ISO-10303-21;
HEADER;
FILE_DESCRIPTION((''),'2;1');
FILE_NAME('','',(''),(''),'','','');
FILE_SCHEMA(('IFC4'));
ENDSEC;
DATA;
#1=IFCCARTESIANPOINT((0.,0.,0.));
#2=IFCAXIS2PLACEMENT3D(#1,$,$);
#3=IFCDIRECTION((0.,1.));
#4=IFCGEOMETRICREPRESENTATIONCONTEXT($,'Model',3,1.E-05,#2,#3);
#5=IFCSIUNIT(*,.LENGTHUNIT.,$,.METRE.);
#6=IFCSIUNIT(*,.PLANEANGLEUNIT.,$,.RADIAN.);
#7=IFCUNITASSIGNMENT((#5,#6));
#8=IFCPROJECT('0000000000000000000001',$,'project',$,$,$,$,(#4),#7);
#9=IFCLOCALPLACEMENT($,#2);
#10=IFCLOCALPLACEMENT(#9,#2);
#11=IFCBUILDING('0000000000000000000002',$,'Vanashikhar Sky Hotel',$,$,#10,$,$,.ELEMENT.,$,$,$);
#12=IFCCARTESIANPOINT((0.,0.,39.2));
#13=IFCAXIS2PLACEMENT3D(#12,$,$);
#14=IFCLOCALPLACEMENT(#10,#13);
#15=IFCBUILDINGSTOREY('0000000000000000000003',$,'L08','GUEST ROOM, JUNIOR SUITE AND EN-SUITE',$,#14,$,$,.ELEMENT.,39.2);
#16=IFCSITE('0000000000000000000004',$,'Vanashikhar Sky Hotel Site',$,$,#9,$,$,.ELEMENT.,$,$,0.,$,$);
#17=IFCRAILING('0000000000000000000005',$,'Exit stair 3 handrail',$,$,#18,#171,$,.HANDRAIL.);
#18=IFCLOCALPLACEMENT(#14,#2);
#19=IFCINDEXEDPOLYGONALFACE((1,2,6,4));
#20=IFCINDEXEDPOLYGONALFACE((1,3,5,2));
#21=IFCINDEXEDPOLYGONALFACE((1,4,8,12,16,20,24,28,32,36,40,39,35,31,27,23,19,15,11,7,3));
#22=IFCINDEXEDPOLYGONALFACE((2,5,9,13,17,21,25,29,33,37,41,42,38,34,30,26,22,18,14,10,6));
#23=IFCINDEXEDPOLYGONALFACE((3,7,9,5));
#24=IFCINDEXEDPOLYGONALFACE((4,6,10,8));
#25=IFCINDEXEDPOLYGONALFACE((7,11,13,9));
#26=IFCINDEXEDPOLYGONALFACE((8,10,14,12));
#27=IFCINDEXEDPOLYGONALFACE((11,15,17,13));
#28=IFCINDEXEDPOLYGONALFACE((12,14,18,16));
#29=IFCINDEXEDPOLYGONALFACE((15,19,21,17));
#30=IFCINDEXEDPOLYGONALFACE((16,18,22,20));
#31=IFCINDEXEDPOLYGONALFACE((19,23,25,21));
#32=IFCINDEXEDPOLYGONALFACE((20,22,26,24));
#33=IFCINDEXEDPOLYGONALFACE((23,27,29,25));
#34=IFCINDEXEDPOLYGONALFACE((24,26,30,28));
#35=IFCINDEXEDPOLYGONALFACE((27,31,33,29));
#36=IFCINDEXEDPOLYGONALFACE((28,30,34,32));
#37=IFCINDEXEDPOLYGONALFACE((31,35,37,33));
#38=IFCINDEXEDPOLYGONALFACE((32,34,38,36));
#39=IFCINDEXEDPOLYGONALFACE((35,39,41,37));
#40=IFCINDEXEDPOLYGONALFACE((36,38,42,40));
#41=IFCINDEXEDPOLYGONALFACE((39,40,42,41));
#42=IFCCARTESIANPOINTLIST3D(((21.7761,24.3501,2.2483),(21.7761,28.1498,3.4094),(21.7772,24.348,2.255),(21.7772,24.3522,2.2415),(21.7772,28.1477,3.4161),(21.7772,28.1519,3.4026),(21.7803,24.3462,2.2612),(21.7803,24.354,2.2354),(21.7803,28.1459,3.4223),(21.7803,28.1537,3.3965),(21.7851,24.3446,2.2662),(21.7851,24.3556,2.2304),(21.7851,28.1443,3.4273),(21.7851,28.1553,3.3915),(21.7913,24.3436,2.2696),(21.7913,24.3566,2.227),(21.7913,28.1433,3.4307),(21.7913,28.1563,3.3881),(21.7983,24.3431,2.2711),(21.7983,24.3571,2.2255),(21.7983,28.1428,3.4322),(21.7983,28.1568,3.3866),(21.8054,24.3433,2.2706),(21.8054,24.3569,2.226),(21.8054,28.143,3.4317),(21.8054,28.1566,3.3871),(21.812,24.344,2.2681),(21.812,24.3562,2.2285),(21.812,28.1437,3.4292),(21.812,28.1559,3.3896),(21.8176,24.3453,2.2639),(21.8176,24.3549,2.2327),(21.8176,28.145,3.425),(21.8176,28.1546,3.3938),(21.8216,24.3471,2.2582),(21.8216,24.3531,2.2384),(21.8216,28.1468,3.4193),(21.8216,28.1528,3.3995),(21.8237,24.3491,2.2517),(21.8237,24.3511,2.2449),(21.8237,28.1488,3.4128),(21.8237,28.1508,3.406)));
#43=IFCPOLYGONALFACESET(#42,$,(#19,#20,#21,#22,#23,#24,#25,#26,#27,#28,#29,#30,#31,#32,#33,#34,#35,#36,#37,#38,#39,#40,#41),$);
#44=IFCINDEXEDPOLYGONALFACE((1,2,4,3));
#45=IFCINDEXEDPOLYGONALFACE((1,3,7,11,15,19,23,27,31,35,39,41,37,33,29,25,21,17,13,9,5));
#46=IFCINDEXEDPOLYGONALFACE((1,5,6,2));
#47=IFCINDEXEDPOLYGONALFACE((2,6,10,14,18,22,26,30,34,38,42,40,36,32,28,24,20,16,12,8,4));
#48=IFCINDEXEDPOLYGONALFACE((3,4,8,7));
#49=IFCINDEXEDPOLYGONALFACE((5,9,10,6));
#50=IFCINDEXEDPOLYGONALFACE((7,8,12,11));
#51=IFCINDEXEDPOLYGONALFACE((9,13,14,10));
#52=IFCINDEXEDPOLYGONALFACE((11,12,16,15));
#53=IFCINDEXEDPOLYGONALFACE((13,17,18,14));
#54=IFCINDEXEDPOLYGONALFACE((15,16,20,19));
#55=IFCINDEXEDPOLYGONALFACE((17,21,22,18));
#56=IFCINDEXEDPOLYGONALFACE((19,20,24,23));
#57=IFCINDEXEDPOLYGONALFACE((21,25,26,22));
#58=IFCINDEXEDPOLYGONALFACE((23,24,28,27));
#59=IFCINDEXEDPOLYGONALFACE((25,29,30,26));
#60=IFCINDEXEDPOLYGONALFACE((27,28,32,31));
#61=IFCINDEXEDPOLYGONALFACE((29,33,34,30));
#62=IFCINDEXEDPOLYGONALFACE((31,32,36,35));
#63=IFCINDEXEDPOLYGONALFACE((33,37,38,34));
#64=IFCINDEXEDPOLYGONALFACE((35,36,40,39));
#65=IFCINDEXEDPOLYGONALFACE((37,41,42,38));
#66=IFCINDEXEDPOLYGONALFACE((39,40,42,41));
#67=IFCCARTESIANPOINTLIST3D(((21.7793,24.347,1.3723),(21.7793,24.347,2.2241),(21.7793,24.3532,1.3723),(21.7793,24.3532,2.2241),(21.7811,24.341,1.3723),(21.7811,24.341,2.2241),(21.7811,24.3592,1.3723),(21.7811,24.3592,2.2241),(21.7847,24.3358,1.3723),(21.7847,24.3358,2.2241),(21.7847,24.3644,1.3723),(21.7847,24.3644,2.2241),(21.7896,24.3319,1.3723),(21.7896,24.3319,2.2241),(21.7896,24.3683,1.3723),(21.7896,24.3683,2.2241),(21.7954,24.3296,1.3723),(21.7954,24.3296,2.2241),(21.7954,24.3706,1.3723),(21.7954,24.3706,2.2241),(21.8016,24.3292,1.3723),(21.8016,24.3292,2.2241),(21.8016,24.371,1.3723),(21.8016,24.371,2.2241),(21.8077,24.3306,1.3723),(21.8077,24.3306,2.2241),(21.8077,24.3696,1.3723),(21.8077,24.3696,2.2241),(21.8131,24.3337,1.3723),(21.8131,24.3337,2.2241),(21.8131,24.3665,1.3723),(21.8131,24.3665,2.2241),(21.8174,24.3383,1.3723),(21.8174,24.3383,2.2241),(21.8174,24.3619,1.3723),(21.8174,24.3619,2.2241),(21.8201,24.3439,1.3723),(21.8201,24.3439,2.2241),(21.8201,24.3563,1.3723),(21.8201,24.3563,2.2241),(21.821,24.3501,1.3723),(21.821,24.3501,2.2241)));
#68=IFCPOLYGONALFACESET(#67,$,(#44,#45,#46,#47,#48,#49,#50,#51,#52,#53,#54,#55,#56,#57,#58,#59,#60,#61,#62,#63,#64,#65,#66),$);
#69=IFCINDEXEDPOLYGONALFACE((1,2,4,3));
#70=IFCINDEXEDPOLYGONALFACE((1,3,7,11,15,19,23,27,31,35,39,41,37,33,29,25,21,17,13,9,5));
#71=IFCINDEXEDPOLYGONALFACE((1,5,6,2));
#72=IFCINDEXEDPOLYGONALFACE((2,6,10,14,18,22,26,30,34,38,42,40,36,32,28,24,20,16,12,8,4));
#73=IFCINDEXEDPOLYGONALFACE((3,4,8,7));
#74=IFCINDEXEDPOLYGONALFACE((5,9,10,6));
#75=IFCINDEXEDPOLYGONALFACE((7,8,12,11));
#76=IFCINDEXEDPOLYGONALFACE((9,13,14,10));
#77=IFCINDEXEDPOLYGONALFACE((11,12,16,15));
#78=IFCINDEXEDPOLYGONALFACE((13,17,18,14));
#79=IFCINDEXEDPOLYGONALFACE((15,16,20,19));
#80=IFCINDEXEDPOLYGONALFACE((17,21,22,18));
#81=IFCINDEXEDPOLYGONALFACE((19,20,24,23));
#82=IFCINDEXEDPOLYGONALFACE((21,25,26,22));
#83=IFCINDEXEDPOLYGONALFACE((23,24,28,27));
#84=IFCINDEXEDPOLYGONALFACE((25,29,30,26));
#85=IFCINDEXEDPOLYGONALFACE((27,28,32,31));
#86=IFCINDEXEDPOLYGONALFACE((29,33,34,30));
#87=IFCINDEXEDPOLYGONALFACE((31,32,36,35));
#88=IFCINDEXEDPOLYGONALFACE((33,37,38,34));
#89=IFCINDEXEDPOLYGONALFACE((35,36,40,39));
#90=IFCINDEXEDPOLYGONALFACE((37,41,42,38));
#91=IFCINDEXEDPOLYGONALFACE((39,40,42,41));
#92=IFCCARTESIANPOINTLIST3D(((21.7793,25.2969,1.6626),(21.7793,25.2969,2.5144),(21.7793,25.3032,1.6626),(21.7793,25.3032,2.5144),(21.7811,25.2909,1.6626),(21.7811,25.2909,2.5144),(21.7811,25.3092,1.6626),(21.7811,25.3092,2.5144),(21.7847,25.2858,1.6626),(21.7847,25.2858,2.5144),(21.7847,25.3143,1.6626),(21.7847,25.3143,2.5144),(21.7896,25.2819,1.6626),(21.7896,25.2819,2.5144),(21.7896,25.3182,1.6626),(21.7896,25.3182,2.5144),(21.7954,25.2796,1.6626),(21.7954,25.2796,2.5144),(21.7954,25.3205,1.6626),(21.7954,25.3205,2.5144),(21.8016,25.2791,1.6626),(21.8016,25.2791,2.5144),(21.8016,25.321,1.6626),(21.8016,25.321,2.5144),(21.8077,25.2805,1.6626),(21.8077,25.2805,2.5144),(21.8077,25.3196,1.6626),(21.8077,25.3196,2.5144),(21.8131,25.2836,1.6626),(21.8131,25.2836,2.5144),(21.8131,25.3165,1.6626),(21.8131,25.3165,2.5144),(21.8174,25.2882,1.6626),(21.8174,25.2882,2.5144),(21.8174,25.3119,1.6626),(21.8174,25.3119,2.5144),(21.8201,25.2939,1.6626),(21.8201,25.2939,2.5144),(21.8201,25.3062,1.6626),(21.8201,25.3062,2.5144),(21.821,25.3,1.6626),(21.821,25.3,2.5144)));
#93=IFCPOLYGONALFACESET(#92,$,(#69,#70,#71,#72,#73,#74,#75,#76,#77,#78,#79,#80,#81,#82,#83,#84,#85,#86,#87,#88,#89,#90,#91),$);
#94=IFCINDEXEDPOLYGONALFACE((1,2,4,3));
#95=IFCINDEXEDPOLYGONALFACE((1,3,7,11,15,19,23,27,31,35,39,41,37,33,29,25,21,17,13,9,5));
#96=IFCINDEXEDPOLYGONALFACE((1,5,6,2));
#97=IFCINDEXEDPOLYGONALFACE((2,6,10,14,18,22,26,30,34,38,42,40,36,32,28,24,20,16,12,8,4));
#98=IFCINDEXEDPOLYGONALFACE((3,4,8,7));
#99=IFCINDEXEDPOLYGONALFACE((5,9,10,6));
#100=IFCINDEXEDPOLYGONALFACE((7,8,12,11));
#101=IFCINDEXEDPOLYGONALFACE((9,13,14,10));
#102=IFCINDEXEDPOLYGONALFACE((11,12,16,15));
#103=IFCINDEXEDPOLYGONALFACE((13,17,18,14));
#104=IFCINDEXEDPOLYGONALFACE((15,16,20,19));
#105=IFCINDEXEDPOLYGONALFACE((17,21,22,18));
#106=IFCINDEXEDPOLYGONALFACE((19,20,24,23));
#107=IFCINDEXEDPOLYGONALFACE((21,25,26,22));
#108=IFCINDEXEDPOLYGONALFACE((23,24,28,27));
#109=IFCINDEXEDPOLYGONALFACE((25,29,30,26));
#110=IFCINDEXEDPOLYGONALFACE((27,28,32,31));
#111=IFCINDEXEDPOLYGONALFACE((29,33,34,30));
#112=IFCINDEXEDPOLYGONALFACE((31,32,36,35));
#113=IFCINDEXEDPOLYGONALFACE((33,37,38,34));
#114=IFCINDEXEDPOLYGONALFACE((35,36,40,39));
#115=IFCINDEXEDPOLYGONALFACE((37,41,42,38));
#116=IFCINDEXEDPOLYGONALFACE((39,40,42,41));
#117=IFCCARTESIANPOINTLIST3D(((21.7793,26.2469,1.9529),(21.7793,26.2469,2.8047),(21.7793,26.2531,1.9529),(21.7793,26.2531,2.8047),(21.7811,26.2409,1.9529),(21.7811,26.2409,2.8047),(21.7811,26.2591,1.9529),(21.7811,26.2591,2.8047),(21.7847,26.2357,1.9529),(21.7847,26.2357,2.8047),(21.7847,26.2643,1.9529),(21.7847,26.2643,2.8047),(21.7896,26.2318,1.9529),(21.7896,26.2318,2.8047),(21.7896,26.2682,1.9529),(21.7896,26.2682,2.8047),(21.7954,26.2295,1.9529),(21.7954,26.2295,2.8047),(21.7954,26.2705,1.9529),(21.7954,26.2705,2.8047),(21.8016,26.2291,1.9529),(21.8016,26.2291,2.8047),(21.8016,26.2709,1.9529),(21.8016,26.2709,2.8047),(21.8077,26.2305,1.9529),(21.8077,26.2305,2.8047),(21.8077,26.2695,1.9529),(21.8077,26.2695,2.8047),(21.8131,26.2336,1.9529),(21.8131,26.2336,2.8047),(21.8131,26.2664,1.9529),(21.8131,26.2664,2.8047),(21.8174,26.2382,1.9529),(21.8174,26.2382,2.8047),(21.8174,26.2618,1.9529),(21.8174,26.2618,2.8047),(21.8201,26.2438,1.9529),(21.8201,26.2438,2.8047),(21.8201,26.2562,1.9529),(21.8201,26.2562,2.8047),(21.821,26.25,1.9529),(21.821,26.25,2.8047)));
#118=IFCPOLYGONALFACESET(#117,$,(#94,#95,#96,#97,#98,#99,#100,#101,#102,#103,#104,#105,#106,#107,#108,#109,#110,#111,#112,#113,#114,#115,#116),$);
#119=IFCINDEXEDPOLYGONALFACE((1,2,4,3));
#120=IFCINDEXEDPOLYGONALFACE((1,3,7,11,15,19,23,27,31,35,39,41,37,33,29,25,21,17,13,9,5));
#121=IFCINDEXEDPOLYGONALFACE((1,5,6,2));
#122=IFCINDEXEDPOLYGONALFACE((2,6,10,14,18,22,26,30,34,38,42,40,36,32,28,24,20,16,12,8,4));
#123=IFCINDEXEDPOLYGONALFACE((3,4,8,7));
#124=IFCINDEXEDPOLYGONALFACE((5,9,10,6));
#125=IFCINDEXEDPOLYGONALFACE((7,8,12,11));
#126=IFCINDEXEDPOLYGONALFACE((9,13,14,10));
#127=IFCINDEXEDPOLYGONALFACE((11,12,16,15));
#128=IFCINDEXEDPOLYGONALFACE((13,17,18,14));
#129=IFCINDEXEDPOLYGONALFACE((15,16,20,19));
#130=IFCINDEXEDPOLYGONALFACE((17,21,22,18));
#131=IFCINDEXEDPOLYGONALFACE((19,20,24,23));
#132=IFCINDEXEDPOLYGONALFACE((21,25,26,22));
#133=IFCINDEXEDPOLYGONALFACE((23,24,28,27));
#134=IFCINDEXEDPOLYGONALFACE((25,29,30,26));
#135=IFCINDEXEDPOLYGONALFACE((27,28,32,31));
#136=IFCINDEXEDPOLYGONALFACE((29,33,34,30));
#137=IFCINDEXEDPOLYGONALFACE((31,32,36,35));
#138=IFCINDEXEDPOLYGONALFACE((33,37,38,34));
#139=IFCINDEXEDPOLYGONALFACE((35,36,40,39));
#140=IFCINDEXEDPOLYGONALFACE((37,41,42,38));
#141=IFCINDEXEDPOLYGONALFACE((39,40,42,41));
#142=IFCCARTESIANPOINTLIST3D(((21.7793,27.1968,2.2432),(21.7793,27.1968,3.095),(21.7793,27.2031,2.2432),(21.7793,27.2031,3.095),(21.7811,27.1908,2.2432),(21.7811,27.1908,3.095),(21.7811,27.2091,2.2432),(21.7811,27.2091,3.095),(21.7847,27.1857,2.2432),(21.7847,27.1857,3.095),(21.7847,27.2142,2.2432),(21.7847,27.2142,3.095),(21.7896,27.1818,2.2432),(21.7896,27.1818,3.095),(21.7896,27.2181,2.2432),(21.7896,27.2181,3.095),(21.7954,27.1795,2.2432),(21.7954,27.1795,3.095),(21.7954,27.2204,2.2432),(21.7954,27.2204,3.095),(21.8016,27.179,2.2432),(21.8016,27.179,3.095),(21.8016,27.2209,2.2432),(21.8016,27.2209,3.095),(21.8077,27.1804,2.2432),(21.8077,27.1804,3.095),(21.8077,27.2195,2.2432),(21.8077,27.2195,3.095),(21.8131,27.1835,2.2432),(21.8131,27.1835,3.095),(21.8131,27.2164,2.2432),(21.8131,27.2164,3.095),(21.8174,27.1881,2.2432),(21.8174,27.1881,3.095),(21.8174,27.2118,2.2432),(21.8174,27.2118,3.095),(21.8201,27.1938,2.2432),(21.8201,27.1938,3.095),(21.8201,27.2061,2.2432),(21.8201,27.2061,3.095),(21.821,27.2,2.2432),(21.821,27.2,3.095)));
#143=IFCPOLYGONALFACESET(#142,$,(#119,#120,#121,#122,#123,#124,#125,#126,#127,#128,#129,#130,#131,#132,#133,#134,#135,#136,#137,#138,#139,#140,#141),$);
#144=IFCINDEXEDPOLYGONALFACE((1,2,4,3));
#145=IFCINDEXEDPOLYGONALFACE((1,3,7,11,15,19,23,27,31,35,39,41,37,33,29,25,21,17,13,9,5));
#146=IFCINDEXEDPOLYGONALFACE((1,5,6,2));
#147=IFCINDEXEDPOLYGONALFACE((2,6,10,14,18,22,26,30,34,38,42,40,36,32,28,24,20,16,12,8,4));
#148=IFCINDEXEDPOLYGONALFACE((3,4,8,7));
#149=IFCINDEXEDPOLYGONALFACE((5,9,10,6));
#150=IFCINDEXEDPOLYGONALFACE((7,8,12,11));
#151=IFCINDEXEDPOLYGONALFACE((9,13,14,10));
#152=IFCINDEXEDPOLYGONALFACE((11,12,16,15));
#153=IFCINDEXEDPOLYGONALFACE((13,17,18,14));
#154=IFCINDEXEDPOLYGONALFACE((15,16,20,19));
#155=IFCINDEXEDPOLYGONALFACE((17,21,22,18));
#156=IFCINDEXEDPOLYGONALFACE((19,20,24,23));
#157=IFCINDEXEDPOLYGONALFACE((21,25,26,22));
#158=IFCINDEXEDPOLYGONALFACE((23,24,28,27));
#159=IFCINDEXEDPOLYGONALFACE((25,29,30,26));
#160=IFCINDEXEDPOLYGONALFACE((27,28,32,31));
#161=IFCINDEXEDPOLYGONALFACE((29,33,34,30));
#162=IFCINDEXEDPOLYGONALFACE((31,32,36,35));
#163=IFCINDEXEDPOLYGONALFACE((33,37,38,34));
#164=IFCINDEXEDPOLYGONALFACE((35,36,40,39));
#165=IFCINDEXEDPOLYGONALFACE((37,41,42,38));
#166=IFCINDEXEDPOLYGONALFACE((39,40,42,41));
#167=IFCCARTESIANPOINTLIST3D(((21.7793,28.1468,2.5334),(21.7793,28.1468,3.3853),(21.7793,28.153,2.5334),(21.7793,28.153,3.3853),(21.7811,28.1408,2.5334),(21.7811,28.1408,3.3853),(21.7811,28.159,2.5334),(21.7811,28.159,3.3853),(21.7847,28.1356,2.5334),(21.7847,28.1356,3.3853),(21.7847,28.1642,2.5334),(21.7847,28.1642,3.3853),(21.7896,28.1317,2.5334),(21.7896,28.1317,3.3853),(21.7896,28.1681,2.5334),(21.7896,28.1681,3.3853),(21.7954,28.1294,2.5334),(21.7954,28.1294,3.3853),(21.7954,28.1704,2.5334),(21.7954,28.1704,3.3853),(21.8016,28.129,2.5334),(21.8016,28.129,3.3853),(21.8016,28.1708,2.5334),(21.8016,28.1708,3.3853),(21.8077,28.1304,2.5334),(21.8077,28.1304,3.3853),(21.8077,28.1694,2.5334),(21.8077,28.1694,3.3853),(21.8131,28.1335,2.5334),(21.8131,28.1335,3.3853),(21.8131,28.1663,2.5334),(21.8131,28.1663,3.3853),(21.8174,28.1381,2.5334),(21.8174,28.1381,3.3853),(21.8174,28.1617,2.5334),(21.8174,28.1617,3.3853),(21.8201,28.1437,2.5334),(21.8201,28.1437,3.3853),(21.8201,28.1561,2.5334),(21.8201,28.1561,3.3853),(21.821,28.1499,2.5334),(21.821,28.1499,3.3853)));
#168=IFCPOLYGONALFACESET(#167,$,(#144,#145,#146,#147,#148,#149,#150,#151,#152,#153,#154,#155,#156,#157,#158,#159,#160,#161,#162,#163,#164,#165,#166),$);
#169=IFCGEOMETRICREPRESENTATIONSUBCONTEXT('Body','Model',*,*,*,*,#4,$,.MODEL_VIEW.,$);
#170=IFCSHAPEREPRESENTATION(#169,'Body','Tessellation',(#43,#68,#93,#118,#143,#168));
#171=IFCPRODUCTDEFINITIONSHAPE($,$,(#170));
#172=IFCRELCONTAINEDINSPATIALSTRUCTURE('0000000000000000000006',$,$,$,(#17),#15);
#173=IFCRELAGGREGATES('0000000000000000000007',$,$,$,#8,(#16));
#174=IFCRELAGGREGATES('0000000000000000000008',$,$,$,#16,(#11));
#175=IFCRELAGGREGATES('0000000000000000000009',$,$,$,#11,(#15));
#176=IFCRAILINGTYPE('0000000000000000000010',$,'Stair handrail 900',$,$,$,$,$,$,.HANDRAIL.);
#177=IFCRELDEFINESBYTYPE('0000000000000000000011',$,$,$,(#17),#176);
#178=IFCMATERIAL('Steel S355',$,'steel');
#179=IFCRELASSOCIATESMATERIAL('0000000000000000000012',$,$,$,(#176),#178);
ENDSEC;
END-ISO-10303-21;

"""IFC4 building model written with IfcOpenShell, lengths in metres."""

from ifc_helpers import new_model, si_unit, direction, frame, origin, origin_2d, place, context, subcontext, project, spatial, circle, extrude, source, transform, mapped, material, type_object, element, save


model = new_model("IFC4")

# Units and contexts
model_context = context("Model", 3, precision=1e-05, world=origin(), true_north=direction((0.0, 1.0)))
body_context = subcontext(model_context, "Body", "Model", "MODEL_VIEW")
ifc_project = project(units=[si_unit("LENGTHUNIT", "METRE"), si_unit("PLANEANGLEUNIT", "RADIAN")], contexts=[model_context])

# Site, building, storey
site_placement = place(None, origin())
site = spatial("IfcSite", under=ifc_project, at=site_placement, Name="Vanashikhar Sky Hotel Site", CompositionType="ELEMENT", RefElevation=0.0)
building_placement = place(site_placement, origin())
building = spatial("IfcBuilding", under=site, at=building_placement, Name="Vanashikhar Sky Hotel", CompositionType="ELEMENT")
storey_placement = place(building_placement, frame((0.0, 0.0, 39.2)))
storey = spatial("IfcBuildingStorey", under=building, at=storey_placement, Name="L08", Description="GUEST ROOM, JUNIOR SUITE AND EN-SUITE", CompositionType="ELEMENT", Elevation=39.2)

# Railing
ifc_material_1 = material(Name="Steel S355", Category="steel")
railing_type = type_object("IfcRailingType", Name="Stair handrail 900", PredefinedType="HANDRAIL", material=ifc_material_1)
shared_shape_1 = source(origin(), body_context, "Body", "SweptSolid", [
    extrude(circle(Radius=0.0239, at=origin_2d()), frame((0.0, 0.0, 0.876), z_axis=(0.0, 0.956346, 0.292237), x_axis=(-1.0, 0.0, 0.0)), (0.0, 0.0, 1.0), 3.9731),
    extrude(circle(Radius=0.021, at=origin_2d()), origin(), (0.0, 0.0, 1.0), 0.8518),
    extrude(circle(Radius=0.021, at=origin_2d()), frame((0.0, 0.95, 0.2903)), (0.0, 0.0, 1.0), 0.8518),
    extrude(circle(Radius=0.021, at=origin_2d()), frame((0.0, 1.8999, 0.5806)), (0.0, 0.0, 1.0), 0.8518),
    extrude(circle(Radius=0.021, at=origin_2d()), frame((0.0, 2.8499, 0.8708)), (0.0, 0.0, 1.0), 0.8518),
    extrude(circle(Radius=0.021, at=origin_2d()), frame((0.0, 3.7998, 1.1611)), (0.0, 0.0, 1.0), 0.8518),
])
railing_1_placement = place(storey_placement, frame((21.8, 24.3501, 1.3723)))
element("IfcRailing", 1, at=railing_1_placement, inside=storey, type_object=railing_type, Name="Exit stair 3 handrail", PredefinedType="HANDRAIL", context=body_context, shape_type="MappedRepresentation", body=[
    mapped(shared_shape_1, transform((0.0, 0.0, 0.0), scale=1.0)),
])

save(model, "model.ifc")
